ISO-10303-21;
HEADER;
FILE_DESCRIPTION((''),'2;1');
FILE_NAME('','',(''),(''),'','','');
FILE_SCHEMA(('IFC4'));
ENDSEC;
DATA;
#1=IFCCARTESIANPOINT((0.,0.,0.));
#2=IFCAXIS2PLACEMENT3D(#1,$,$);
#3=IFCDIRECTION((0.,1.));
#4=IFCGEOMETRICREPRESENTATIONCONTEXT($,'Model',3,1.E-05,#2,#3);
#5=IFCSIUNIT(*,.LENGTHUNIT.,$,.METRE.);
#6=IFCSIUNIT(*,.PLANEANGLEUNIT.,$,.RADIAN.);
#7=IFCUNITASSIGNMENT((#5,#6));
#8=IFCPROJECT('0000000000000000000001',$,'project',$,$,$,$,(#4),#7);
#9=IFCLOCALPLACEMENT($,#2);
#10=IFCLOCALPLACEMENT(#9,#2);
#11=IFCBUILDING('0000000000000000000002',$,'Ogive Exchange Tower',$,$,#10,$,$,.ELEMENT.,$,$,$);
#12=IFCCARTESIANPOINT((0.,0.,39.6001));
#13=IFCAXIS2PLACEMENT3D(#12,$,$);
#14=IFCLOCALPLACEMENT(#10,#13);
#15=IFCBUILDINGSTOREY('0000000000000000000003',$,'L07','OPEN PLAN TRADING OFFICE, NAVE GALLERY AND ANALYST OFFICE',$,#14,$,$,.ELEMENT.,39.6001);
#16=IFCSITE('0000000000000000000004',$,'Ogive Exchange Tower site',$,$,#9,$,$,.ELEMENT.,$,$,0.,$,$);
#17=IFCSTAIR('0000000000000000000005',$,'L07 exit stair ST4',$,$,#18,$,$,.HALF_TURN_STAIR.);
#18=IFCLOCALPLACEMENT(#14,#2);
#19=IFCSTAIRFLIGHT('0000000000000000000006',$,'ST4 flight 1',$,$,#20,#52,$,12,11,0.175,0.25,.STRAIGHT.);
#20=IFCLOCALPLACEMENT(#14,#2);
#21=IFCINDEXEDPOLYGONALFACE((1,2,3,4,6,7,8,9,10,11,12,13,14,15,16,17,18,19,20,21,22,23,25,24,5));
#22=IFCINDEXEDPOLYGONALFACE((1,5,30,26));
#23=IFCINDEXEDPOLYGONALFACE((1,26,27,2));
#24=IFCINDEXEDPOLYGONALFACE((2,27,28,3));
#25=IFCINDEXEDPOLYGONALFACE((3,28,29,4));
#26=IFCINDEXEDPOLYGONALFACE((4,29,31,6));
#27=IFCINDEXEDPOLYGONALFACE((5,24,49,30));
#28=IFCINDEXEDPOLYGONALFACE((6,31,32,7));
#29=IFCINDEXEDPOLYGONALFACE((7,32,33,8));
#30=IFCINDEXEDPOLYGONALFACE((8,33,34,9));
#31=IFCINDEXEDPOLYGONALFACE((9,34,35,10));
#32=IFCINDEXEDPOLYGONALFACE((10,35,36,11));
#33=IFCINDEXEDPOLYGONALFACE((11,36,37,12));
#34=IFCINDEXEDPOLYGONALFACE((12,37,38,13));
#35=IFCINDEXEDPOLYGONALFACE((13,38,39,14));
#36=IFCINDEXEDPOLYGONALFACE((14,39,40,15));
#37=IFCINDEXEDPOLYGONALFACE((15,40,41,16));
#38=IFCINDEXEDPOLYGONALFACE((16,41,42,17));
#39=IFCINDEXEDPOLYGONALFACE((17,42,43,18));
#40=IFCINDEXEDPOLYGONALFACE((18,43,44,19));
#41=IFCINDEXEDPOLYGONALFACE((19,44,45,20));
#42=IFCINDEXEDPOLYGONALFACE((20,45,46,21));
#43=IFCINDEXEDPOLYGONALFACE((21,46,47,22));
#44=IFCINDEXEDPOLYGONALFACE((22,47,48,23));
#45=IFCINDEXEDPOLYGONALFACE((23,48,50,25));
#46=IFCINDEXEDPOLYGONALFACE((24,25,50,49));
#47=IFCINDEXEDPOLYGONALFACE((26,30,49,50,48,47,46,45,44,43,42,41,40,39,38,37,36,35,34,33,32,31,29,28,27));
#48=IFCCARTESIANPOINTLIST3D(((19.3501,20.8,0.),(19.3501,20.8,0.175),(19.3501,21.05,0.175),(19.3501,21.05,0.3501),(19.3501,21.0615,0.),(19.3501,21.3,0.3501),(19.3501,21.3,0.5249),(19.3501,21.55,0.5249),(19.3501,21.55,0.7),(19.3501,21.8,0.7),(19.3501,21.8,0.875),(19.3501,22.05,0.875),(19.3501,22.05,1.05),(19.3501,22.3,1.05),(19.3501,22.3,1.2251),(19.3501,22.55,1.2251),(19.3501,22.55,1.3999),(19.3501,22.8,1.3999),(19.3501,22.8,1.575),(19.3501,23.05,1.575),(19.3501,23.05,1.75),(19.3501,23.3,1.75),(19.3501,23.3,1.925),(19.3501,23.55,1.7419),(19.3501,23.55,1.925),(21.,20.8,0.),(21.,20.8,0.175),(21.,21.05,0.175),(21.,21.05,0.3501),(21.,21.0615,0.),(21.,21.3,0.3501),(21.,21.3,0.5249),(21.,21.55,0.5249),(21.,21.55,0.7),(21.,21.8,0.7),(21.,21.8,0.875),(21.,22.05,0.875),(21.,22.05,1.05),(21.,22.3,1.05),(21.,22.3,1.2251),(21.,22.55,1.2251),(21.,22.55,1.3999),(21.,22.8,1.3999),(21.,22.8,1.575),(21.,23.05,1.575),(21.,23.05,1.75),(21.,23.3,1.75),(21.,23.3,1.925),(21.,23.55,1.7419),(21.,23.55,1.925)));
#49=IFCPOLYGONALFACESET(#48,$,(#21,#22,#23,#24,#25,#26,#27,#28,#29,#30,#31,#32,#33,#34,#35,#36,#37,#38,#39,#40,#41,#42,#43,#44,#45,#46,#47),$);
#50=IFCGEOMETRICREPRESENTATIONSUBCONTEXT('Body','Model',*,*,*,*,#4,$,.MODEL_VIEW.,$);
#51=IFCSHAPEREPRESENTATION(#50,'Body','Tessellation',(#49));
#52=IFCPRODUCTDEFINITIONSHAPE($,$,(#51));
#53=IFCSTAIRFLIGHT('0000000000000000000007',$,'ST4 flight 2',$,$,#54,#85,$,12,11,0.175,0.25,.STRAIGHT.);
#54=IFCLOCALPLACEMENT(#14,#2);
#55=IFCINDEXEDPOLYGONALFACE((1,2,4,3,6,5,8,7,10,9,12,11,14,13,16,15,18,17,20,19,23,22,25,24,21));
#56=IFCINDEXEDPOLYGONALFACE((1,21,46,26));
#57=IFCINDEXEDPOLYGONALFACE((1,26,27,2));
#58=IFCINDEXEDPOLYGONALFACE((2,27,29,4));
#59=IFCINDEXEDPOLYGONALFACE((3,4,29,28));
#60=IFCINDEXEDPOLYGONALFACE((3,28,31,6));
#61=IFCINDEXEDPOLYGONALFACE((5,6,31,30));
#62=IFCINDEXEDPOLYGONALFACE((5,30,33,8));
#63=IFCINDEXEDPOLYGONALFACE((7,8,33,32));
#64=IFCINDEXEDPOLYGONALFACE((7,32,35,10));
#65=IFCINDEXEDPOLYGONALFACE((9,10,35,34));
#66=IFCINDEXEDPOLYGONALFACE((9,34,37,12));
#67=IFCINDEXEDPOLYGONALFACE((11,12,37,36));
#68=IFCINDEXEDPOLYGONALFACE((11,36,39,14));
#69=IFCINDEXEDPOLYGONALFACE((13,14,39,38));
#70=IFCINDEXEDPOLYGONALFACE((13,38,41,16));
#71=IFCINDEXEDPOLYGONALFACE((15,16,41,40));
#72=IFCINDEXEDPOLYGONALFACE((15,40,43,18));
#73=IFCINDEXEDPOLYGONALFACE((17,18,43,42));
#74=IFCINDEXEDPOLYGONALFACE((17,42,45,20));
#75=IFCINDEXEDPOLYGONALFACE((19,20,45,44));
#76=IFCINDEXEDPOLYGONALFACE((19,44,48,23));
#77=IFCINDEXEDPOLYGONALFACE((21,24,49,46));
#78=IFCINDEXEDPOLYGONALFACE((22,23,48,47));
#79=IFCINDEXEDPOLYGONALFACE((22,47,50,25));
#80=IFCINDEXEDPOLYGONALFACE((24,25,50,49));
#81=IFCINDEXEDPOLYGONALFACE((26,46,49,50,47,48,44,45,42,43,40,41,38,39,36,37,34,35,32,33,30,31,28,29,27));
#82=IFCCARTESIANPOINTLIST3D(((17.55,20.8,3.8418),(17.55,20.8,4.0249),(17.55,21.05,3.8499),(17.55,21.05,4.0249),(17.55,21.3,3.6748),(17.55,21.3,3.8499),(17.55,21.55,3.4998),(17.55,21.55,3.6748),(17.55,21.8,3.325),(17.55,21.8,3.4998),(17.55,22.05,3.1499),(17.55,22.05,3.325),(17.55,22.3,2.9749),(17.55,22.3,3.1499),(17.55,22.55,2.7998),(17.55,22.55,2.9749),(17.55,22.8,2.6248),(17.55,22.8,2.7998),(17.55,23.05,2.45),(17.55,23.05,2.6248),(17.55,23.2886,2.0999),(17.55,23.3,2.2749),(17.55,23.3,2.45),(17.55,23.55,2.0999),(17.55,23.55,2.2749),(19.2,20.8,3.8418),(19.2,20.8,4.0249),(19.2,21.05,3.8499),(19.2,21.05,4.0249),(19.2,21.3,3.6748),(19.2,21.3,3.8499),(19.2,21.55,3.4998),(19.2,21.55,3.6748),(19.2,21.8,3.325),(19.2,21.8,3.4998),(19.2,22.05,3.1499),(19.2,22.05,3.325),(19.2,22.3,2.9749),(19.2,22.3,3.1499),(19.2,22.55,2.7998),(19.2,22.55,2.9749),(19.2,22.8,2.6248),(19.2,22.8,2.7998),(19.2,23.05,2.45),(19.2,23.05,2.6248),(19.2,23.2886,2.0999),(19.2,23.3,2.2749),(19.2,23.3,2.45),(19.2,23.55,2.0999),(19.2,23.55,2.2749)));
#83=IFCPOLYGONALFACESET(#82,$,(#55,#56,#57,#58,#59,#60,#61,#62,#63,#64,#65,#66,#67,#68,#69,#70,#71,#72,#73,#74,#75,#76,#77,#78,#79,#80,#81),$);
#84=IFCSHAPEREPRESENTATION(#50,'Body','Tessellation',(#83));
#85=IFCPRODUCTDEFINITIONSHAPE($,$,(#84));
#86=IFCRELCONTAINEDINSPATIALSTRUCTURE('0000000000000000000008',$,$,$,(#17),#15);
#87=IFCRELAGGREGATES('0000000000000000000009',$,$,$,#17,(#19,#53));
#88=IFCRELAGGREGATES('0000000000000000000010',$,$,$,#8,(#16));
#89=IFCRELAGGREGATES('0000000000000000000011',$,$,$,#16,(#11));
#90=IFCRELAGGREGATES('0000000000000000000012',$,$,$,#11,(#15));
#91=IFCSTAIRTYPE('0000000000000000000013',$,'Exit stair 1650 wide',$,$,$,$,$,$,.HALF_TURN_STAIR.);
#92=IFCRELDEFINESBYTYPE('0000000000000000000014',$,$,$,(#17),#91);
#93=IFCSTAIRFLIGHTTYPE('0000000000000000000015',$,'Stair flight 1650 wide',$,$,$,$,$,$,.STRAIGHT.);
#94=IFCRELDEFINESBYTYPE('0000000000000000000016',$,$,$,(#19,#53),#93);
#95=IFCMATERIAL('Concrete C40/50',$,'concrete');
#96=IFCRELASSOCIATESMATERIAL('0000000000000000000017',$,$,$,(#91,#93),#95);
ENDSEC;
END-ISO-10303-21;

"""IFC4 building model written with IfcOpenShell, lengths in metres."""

from ifc_helpers import new_model, si_unit, direction, frame, origin, place, context, subcontext, project, spatial, polyline, outline, extrude, material, type_object, element, aggregate, save


model = new_model("IFC4")

# Units and contexts
model_context = context("Model", 3, precision=1e-05, world=origin(), true_north=direction((0.0, 1.0)))
body_context = subcontext(model_context, "Body", "Model", "MODEL_VIEW")
ifc_project = project(units=[si_unit("LENGTHUNIT", "METRE"), si_unit("PLANEANGLEUNIT", "RADIAN")], contexts=[model_context])

# Site, building, storey
site_placement = place(None, origin())
site = spatial("IfcSite", under=ifc_project, at=site_placement, Name="Ogive Exchange Tower site", CompositionType="ELEMENT", RefElevation=0.0)
building_placement = place(site_placement, origin())
building = spatial("IfcBuilding", under=site, at=building_placement, Name="Ogive Exchange Tower", CompositionType="ELEMENT")
storey_placement = place(building_placement, frame((0.0, 0.0, 39.6001)))
storey = spatial("IfcBuildingStorey", under=building, at=storey_placement, Name="L07", Description="OPEN PLAN TRADING OFFICE, NAVE GALLERY AND ANALYST OFFICE", CompositionType="ELEMENT", Elevation=39.6001)

# Stair, stair flights
ifc_material_1 = material(Name="Concrete C40/50", Category="concrete")
stair_type = type_object("IfcStairType", Name="Exit stair 1650 wide", PredefinedType="HALF_TURN_STAIR", material=ifc_material_1)
stair_placement = place(storey_placement, origin())
stair = element("IfcStair", 1, at=stair_placement, inside=storey, type_object=stair_type, Name="L07 exit stair ST4", PredefinedType="HALF_TURN_STAIR")
stair_flight_type = type_object("IfcStairFlightType", Name="Stair flight 1650 wide", PredefinedType="STRAIGHT", material=ifc_material_1)
stair_flight_1_placement = place(storey_placement, frame((20.175, 20.8, 0.0), z_axis=(0.0, 0.0, 1.0), x_axis=(0.0, 1.0, 0.0)))
stair_flight_1 = element("IfcStairFlight", 2, at=stair_flight_1_placement, type_object=stair_flight_type, Name="ST4 flight 1", NumberOfRisers=12, NumberOfTreads=11, PredefinedType="STRAIGHT", RiserHeight=0.175, TreadLength=0.25, context=body_context, shape_type="SweptSolid", body=[
    extrude(outline(polyline([(0.0, 0.0), (0.0, 0.175), (0.25, 0.175), (0.25, 0.3501), (0.5, 0.3501), (0.5, 0.5249), (0.75, 0.5249), (0.75, 0.7), (1.0, 0.7), (1.0, 0.875), (1.25, 0.875), (1.25, 1.05), (1.5, 1.05), (1.5, 1.2251), (1.75, 1.2251), (1.75, 1.3999), (2.0, 1.3999), (2.0, 1.575), (2.25, 1.575), (2.25, 1.75), (2.5, 1.75), (2.5, 1.925), (2.75, 1.925), (2.75, 2.1001), (2.75, 1.7419), (0.2615, 0.0), (0.0, 0.0)])), frame((0.0, 0.825, 0.0), z_axis=(0.0, -1.0, 0.0), x_axis=(1.0, 0.0, 0.0)), (0.0, 0.0, 1.0), 1.6499),
])
stair_flight_2_placement = place(storey_placement, frame((18.375, 23.55, 2.0999), z_axis=(0.0, 0.0, 1.0), x_axis=(0.0, -1.0, 0.0)))
stair_flight_2 = element("IfcStairFlight", 3, at=stair_flight_2_placement, type_object=stair_flight_type, Name="ST4 flight 2", NumberOfRisers=12, NumberOfTreads=11, PredefinedType="STRAIGHT", RiserHeight=0.175, TreadLength=0.25, context=body_context, shape_type="SweptSolid", body=[
    extrude(outline(polyline([(0.0, 0.0), (0.0, 0.175), (0.25, 0.175), (0.25, 0.3501), (0.5, 0.3501), (0.5, 0.5249), (0.75, 0.5249), (0.75, 0.7), (1.0, 0.7), (1.0, 0.875), (1.25, 0.875), (1.25, 1.05), (1.5, 1.05), (1.5, 1.2251), (1.75, 1.2251), (1.75, 1.3999), (2.0, 1.3999), (2.0, 1.575), (2.25, 1.575), (2.25, 1.75), (2.5, 1.75), (2.5, 1.925), (2.75, 1.925), (2.75, 2.1001), (2.75, 1.7419), (0.2615, 0.0), (0.0, 0.0)])), frame((0.0, 0.825, 0.0), z_axis=(0.0, -1.0, 0.0), x_axis=(1.0, 0.0, 0.0)), (0.0, 0.0, 1.0), 1.6499),
])
aggregate(stair, [stair_flight_1, stair_flight_2])

save(model, "model.ifc")
